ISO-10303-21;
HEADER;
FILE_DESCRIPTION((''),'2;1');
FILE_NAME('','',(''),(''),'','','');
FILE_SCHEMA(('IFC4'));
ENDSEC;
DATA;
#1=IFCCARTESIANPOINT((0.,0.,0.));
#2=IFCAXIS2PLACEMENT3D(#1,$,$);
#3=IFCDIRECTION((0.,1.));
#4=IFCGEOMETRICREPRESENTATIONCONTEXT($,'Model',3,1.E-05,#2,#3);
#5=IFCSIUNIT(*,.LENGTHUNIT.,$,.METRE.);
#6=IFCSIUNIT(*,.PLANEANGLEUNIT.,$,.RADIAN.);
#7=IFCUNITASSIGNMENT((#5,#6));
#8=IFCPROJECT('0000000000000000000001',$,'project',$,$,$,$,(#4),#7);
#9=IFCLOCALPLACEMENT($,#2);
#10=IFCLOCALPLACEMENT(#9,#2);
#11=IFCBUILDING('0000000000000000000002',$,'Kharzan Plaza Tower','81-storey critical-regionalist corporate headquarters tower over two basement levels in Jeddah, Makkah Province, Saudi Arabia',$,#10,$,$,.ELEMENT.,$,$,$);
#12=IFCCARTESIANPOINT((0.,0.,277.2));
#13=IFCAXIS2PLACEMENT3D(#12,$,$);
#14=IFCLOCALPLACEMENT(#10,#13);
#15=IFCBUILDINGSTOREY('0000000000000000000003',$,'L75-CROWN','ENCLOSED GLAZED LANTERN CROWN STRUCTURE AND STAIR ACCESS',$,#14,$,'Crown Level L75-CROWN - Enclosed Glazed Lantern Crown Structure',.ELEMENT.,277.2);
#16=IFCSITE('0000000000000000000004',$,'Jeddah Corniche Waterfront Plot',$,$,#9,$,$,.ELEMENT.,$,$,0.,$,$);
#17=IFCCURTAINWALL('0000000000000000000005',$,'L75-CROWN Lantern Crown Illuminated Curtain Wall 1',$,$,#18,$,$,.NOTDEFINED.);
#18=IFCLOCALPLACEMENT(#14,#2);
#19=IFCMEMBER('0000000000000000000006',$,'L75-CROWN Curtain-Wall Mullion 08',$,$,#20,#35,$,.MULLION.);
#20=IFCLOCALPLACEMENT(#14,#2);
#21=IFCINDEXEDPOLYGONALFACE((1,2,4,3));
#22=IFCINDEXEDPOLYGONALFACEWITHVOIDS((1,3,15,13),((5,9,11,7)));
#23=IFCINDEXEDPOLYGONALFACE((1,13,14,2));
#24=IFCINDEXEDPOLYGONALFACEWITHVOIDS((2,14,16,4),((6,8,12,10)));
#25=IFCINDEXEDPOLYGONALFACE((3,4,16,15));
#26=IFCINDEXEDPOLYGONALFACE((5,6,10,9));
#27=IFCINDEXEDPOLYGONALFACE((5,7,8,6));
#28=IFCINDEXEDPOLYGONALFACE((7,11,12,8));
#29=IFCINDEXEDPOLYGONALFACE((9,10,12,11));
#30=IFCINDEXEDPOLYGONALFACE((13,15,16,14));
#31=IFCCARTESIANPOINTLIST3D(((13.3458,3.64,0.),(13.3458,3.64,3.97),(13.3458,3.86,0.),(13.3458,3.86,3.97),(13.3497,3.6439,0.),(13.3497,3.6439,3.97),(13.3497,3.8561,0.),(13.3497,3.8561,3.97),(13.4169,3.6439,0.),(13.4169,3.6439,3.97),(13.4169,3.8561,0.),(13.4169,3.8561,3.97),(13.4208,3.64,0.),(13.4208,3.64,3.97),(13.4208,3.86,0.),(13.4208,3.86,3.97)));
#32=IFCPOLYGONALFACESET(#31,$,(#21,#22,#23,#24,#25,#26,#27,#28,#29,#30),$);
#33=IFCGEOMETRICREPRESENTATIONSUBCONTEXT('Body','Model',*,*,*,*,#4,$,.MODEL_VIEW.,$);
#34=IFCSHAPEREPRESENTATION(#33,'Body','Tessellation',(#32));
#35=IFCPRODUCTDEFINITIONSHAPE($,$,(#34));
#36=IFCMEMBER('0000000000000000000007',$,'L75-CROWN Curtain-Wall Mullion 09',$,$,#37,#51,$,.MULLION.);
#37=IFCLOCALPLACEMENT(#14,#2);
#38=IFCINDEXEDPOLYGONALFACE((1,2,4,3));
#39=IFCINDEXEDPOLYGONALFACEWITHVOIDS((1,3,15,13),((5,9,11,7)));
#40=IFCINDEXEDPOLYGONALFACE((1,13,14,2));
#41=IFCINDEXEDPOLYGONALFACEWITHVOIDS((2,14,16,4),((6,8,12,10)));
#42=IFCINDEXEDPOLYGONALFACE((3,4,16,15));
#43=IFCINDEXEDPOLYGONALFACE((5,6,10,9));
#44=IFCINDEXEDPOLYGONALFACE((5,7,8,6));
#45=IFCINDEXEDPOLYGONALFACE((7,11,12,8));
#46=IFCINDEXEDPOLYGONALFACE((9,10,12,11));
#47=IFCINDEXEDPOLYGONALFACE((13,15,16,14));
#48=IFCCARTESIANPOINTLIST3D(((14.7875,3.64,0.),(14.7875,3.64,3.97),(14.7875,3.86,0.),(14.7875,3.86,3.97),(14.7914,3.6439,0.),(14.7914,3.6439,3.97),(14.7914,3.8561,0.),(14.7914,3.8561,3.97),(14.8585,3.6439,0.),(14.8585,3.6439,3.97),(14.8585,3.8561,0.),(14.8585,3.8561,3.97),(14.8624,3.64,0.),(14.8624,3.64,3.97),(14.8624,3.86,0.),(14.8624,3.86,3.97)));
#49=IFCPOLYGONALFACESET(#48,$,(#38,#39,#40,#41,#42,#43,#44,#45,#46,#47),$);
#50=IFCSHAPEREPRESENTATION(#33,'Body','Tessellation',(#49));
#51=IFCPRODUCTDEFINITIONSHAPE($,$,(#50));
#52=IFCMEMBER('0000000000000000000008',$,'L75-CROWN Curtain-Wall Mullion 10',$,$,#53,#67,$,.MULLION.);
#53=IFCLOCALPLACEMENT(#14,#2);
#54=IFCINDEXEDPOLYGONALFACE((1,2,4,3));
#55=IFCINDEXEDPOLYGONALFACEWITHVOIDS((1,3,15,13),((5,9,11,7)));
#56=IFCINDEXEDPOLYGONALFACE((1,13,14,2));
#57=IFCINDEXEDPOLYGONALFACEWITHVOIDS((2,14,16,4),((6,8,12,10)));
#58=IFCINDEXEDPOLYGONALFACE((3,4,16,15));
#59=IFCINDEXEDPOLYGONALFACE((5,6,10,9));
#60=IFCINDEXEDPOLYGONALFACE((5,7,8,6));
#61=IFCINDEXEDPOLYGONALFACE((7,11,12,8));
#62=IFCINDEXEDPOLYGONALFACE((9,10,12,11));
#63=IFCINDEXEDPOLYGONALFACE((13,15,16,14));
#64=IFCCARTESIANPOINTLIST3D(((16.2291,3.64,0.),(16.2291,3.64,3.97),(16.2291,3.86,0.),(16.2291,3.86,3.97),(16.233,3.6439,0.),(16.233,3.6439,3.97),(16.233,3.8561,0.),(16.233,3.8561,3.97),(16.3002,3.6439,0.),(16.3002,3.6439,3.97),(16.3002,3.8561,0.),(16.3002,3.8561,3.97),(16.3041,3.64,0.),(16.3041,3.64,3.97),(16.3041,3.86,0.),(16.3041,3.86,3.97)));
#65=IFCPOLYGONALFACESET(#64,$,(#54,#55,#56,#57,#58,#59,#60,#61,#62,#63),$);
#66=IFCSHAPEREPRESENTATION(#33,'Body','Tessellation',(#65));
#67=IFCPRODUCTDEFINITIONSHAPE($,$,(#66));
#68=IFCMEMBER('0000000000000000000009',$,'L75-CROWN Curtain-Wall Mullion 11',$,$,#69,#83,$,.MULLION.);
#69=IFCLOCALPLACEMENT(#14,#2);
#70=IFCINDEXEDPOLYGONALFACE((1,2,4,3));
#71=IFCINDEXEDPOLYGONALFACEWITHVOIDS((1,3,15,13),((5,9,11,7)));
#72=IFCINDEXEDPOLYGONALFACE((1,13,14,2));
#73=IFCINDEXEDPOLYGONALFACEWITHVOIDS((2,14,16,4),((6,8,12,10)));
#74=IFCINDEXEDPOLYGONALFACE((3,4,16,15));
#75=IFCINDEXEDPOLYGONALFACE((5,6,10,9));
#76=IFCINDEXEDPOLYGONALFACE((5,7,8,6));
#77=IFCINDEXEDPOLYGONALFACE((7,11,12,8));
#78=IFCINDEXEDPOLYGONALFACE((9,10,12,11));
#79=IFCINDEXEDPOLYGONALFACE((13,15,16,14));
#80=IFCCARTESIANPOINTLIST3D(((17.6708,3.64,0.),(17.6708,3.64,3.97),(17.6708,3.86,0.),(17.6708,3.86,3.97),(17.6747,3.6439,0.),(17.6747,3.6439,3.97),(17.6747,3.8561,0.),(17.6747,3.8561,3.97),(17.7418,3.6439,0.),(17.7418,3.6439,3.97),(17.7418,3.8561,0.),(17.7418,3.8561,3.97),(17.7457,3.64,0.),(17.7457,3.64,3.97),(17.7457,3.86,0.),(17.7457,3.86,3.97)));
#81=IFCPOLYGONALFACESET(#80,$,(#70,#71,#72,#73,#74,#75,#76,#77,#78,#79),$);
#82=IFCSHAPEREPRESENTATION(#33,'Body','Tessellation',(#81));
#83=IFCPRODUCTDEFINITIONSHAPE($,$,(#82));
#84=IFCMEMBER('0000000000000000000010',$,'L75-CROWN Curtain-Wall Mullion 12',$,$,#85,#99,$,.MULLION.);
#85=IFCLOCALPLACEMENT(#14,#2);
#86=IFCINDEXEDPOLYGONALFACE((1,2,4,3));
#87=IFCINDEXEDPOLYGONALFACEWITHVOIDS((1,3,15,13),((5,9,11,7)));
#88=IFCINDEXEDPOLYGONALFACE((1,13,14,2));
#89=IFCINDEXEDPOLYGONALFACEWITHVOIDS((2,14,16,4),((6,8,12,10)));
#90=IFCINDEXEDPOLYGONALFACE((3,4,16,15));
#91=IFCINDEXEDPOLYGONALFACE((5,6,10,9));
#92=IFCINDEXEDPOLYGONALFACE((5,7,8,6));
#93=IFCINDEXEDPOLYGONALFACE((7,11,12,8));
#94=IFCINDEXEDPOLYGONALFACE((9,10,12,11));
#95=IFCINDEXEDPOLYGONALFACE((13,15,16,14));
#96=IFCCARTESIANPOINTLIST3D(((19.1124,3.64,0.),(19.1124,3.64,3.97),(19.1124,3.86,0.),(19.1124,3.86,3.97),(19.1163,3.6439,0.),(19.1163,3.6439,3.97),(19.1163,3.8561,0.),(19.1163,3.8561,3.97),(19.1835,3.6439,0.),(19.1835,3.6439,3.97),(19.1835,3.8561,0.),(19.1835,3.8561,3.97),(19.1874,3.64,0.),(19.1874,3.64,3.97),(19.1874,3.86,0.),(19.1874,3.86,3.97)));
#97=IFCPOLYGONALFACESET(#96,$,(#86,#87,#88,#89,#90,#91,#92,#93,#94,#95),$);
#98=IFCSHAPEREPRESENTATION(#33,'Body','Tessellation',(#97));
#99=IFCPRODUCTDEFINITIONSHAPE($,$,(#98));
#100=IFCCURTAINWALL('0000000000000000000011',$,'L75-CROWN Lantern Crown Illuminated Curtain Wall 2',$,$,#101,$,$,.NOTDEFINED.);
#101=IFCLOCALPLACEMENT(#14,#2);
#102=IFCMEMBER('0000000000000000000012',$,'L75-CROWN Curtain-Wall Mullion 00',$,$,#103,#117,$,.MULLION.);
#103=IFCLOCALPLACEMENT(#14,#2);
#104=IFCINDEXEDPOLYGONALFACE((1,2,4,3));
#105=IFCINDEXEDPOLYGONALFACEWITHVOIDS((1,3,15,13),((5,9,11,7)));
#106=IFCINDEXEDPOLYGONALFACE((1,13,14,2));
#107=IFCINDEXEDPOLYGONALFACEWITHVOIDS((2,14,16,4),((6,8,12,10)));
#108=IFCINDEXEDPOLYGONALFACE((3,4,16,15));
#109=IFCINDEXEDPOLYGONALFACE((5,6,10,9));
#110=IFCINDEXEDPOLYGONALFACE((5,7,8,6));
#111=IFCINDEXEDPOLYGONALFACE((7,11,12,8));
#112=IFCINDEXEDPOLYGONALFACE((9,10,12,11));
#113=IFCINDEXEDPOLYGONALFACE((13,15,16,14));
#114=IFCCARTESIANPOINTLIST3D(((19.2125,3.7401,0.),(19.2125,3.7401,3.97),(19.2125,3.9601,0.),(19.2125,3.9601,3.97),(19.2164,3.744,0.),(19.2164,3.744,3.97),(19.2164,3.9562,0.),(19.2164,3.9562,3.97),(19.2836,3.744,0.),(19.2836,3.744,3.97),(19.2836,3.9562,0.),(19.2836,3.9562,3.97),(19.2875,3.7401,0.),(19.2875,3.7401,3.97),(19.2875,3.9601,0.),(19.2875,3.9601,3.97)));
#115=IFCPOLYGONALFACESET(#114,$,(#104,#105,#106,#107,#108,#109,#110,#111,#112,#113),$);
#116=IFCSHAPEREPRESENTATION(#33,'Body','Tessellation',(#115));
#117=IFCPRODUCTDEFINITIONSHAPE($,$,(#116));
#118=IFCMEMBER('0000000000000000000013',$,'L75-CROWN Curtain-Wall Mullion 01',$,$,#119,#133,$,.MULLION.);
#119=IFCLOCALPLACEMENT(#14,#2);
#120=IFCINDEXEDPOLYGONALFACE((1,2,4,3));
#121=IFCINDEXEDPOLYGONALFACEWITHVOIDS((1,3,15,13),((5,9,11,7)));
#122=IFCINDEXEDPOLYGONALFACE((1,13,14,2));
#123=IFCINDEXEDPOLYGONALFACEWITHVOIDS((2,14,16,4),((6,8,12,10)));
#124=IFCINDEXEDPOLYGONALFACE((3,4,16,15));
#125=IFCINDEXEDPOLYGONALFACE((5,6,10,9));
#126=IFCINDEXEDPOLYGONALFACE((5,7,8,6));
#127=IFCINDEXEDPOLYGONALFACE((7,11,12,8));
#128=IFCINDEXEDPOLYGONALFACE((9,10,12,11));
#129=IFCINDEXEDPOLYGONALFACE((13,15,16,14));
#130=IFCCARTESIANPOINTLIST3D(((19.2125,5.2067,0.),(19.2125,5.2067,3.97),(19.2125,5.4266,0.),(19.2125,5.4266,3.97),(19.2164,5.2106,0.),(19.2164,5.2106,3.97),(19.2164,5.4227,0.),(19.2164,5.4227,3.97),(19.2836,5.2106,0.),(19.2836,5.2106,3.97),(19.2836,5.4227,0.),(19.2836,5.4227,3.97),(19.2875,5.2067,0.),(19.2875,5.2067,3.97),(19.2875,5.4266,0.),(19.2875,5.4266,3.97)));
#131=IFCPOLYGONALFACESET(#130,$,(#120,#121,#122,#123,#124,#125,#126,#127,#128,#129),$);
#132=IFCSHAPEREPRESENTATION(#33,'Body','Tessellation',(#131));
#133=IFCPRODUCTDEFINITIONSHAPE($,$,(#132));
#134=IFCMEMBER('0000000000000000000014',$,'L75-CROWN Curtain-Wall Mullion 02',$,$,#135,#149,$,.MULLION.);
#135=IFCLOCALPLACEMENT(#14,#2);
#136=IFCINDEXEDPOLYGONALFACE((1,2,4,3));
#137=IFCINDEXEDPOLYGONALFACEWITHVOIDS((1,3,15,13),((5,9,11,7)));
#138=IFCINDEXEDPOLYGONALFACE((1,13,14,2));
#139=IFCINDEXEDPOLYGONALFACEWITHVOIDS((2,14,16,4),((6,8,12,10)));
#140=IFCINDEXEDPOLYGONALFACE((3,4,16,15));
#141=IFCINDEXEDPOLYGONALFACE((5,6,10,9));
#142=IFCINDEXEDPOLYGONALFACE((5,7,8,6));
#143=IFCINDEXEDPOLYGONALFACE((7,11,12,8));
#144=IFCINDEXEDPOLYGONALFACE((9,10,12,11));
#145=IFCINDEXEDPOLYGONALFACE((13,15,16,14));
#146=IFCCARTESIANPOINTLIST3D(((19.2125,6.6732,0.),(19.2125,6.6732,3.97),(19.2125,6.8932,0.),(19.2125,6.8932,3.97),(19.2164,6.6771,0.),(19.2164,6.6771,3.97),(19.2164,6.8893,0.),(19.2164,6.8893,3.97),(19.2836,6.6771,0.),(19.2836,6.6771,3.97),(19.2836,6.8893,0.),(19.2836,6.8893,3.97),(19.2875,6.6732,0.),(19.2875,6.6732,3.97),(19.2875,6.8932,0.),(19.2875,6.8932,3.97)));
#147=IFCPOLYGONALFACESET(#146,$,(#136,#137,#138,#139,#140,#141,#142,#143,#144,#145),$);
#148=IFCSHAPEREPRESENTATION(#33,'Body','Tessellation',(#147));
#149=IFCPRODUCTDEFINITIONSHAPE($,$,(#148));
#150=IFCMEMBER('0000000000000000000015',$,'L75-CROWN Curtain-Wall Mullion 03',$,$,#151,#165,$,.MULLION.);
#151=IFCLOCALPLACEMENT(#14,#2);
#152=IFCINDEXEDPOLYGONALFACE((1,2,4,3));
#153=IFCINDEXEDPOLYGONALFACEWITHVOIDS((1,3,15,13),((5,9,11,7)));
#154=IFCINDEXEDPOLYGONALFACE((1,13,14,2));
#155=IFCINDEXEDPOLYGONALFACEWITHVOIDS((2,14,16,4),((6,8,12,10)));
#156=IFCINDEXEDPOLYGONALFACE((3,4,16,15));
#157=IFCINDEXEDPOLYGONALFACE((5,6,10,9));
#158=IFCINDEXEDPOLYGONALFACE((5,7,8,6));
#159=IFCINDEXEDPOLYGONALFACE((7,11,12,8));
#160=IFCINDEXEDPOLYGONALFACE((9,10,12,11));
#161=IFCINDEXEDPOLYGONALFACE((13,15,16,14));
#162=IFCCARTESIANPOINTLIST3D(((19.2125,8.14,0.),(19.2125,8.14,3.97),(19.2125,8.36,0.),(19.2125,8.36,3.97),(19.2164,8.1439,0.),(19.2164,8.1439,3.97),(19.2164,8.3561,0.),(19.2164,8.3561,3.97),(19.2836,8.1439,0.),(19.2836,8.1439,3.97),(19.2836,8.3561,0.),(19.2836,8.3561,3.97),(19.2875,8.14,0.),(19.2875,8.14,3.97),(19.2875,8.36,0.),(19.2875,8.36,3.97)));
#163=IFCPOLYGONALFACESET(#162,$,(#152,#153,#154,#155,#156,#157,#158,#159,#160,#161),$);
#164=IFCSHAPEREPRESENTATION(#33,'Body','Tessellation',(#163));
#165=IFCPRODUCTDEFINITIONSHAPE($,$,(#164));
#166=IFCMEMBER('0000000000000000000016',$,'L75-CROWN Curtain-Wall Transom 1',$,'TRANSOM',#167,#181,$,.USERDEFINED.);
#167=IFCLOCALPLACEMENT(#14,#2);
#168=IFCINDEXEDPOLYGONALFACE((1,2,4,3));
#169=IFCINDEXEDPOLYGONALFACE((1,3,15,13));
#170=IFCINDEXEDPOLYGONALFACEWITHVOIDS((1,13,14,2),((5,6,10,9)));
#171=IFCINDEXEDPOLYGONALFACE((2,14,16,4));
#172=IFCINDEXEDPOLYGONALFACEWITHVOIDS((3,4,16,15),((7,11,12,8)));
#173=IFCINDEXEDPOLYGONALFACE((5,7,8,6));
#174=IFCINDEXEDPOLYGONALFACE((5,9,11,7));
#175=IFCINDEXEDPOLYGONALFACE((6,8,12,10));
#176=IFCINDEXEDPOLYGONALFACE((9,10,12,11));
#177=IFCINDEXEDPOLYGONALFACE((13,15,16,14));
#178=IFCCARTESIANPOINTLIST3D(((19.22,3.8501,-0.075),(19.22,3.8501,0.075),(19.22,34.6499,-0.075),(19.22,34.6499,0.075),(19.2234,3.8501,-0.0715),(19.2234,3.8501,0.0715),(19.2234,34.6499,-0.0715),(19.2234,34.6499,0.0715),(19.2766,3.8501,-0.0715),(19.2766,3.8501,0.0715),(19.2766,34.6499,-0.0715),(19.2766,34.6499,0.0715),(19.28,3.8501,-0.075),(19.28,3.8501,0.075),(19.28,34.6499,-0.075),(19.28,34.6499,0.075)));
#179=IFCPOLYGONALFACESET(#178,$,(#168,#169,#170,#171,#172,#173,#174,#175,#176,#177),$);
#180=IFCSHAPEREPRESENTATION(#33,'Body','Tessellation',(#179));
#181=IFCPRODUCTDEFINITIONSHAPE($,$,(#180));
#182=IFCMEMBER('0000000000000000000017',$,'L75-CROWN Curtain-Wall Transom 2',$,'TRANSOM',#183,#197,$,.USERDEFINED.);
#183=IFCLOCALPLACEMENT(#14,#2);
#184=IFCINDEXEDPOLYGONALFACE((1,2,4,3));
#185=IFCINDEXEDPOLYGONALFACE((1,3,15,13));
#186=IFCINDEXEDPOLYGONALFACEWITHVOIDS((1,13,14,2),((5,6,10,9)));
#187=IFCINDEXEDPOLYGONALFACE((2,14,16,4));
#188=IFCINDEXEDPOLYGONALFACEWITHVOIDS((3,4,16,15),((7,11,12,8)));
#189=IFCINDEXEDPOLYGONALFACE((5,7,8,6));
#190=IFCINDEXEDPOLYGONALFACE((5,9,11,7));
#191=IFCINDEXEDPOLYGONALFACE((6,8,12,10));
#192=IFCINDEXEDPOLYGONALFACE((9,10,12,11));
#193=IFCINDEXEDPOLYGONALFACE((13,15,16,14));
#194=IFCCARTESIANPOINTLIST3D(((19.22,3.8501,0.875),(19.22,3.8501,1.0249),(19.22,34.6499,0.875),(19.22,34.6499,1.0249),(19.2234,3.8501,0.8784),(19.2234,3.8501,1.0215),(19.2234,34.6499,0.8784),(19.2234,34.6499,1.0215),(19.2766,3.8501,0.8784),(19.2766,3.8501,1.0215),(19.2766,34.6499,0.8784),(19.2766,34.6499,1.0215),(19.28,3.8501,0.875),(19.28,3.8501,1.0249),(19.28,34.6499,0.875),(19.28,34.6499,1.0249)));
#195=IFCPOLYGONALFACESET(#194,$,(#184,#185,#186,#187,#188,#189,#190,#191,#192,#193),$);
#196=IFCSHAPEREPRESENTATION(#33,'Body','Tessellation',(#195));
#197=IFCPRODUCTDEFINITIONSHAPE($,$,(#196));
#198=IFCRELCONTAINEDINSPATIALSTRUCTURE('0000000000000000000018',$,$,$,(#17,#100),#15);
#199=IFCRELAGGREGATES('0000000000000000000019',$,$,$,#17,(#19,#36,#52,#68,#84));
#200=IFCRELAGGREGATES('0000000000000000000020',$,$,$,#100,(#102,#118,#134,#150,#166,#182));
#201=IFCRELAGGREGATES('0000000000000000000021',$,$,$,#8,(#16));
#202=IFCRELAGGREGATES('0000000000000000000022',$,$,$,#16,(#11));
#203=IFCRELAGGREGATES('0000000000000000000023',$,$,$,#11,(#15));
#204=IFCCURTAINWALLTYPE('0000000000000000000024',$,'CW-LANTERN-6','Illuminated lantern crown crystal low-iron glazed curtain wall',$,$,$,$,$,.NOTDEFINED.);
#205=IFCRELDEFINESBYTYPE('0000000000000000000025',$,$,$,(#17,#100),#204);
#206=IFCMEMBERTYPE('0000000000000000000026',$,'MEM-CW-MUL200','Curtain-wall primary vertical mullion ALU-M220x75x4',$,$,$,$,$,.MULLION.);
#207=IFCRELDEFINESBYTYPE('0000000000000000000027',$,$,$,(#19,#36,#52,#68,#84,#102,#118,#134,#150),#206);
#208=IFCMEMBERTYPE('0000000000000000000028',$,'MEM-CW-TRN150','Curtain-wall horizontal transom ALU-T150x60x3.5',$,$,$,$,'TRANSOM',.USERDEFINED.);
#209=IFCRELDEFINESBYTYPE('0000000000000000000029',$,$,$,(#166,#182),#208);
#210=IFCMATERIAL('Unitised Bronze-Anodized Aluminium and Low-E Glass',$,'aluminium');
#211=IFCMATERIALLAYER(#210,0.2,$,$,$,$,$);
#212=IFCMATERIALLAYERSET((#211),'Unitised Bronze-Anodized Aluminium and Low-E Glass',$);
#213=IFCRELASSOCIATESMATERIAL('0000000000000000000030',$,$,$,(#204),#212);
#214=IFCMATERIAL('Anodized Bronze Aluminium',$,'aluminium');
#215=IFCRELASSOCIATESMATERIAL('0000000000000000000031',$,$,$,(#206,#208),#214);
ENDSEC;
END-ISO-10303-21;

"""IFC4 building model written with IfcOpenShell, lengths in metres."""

from ifc_helpers import new_model, si_unit, direction, frame, origin, origin_2d, place, context, subcontext, project, spatial, hollow_rectangle, extrude, source, transform, mapped, material, layer, layer_set, material_profile, profile_set, type_object, element, aggregate, save


model = new_model("IFC4")

# Units and contexts
model_context = context("Model", 3, precision=1e-05, world=origin(), true_north=direction((0.0, 1.0)))
body_context = subcontext(model_context, "Body", "Model", "MODEL_VIEW")
ifc_project = project(units=[si_unit("LENGTHUNIT", "METRE"), si_unit("PLANEANGLEUNIT", "RADIAN")], contexts=[model_context])

# Site, building, storey
site_placement = place(None, origin())
site = spatial("IfcSite", under=ifc_project, at=site_placement, Name="Jeddah Corniche Waterfront Plot", CompositionType="ELEMENT", RefElevation=0.0)
building_placement = place(site_placement, origin())
building = spatial("IfcBuilding", under=site, at=building_placement, Name="Kharzan Plaza Tower", Description="81-storey critical-regionalist corporate headquarters tower over two basement levels in Jeddah, Makkah Province, Saudi Arabia", CompositionType="ELEMENT")
storey_placement = place(building_placement, frame((0.0, 0.0, 277.2)))
storey = spatial("IfcBuildingStorey", under=building, at=storey_placement, Name="L75-CROWN", Description="ENCLOSED GLAZED LANTERN CROWN STRUCTURE AND STAIR ACCESS", LongName="Crown Level L75-CROWN - Enclosed Glazed Lantern Crown Structure", CompositionType="ELEMENT", Elevation=277.2)

# Curtain walls, members
ifc_material_1 = material(Name="Unitised Bronze-Anodized Aluminium and Low-E Glass", Category="aluminium")
ifc_layer_1 = layer(ifc_material_1, 0.2)
ifc_layer_set_1 = layer_set([ifc_layer_1], Name="Unitised Bronze-Anodized Aluminium and Low-E Glass")
curtain_wall_type = type_object("IfcCurtainWallType", Name="CW-LANTERN-6", Description="Illuminated lantern crown crystal low-iron glazed curtain wall", PredefinedType="NOTDEFINED", material=ifc_layer_set_1)
curtain_wall_1_placement = place(storey_placement, origin())
curtain_wall_1 = element("IfcCurtainWall", 1, at=curtain_wall_1_placement, inside=storey, type_object=curtain_wall_type, Name="L75-CROWN Lantern Crown Illuminated Curtain Wall 1", PredefinedType="NOTDEFINED")
ifc_material_2 = material(Name="Anodized Bronze Aluminium", Category="aluminium")
ifc_material_profile_1 = material_profile(ifc_material_2, hollow_rectangle(XDim=0.075, YDim=0.22, WallThickness=0.0039, at=origin_2d()), Name="ALU-M220x75x4")
ifc_profile_set_1 = profile_set([ifc_material_profile_1], Name="Anodized Bronze Aluminium")
member_type_1 = type_object("IfcMemberType", Name="MEM-CW-MUL200", Description="Curtain-wall primary vertical mullion ALU-M220x75x4", PredefinedType="MULLION", material=ifc_profile_set_1)
shared_shape_1 = source(origin(), body_context, "Body", "SweptSolid", [
    extrude(hollow_rectangle(XDim=0.075, YDim=0.22, WallThickness=0.0039, at=origin_2d()), origin(), (0.0, 0.0, 1.0), 3.97),
])
member_1_placement = place(storey_placement, frame((13.3833, 3.75, 0.0), z_axis=(0.0, 0.0, 1.0), x_axis=(1.0, 0.0, 0.0)))
member_1 = element("IfcMember", 2, at=member_1_placement, type_object=member_type_1, Name="L75-CROWN Curtain-Wall Mullion 08", PredefinedType="MULLION", context=body_context, shape_type="MappedRepresentation", body=[
    mapped(shared_shape_1, transform((0.0, 0.0, 0.0), x_axis=(1.0, 0.0, 0.0), y_axis=(0.0, 1.0, 0.0), z_axis=(0.0, 0.0, 1.0))),
])
member_2_placement = place(storey_placement, frame((14.825, 3.75, 0.0), z_axis=(0.0, 0.0, 1.0), x_axis=(1.0, 0.0, 0.0)))
member_2 = element("IfcMember", 3, at=member_2_placement, type_object=member_type_1, Name="L75-CROWN Curtain-Wall Mullion 09", PredefinedType="MULLION", context=body_context, shape_type="MappedRepresentation", body=[
    mapped(shared_shape_1, transform((0.0, 0.0, 0.0), x_axis=(1.0, 0.0, 0.0), y_axis=(0.0, 1.0, 0.0), z_axis=(0.0, 0.0, 1.0))),
])
member_3_placement = place(storey_placement, frame((16.2666, 3.75, 0.0), z_axis=(0.0, 0.0, 1.0), x_axis=(1.0, 0.0, 0.0)))
member_3 = element("IfcMember", 4, at=member_3_placement, type_object=member_type_1, Name="L75-CROWN Curtain-Wall Mullion 10", PredefinedType="MULLION", context=body_context, shape_type="MappedRepresentation", body=[
    mapped(shared_shape_1, transform((0.0, 0.0, 0.0), x_axis=(1.0, 0.0, 0.0), y_axis=(0.0, 1.0, 0.0), z_axis=(0.0, 0.0, 1.0))),
])
member_4_placement = place(storey_placement, frame((17.7083, 3.75, 0.0), z_axis=(0.0, 0.0, 1.0), x_axis=(1.0, 0.0, 0.0)))
member_4 = element("IfcMember", 5, at=member_4_placement, type_object=member_type_1, Name="L75-CROWN Curtain-Wall Mullion 11", PredefinedType="MULLION", context=body_context, shape_type="MappedRepresentation", body=[
    mapped(shared_shape_1, transform((0.0, 0.0, 0.0), x_axis=(1.0, 0.0, 0.0), y_axis=(0.0, 1.0, 0.0), z_axis=(0.0, 0.0, 1.0))),
])
member_5_placement = place(storey_placement, frame((19.1499, 3.75, 0.0), z_axis=(0.0, 0.0, 1.0), x_axis=(1.0, 0.0, 0.0)))
member_5 = element("IfcMember", 6, at=member_5_placement, type_object=member_type_1, Name="L75-CROWN Curtain-Wall Mullion 12", PredefinedType="MULLION", context=body_context, shape_type="MappedRepresentation", body=[
    mapped(shared_shape_1, transform((0.0, 0.0, 0.0), x_axis=(1.0, 0.0, 0.0), y_axis=(0.0, 1.0, 0.0), z_axis=(0.0, 0.0, 1.0))),
])
curtain_wall_2_placement = place(storey_placement, origin())
curtain_wall_2 = element("IfcCurtainWall", 7, at=curtain_wall_2_placement, inside=storey, type_object=curtain_wall_type, Name="L75-CROWN Lantern Crown Illuminated Curtain Wall 2", PredefinedType="NOTDEFINED")
member_6_placement = place(storey_placement, frame((19.25, 3.8501, 0.0), z_axis=(0.0, 0.0, 1.0), x_axis=(1.0, 0.0, 0.0)))
member_6 = element("IfcMember", 8, at=member_6_placement, type_object=member_type_1, Name="L75-CROWN Curtain-Wall Mullion 00", PredefinedType="MULLION", context=body_context, shape_type="MappedRepresentation", body=[
    mapped(shared_shape_1, transform((0.0, 0.0, 0.0), x_axis=(1.0, 0.0, 0.0), y_axis=(0.0, 1.0, 0.0), z_axis=(0.0, 0.0, 1.0))),
])
member_7_placement = place(storey_placement, frame((19.25, 5.3167, 0.0), z_axis=(0.0, 0.0, 1.0), x_axis=(1.0, 0.0, 0.0)))
member_7 = element("IfcMember", 9, at=member_7_placement, type_object=member_type_1, Name="L75-CROWN Curtain-Wall Mullion 01", PredefinedType="MULLION", context=body_context, shape_type="MappedRepresentation", body=[
    mapped(shared_shape_1, transform((0.0, 0.0, 0.0), x_axis=(1.0, 0.0, 0.0), y_axis=(0.0, 1.0, 0.0), z_axis=(0.0, 0.0, 1.0))),
])
member_8_placement = place(storey_placement, frame((19.25, 6.7832, 0.0), z_axis=(0.0, 0.0, 1.0), x_axis=(1.0, 0.0, 0.0)))
member_8 = element("IfcMember", 10, at=member_8_placement, type_object=member_type_1, Name="L75-CROWN Curtain-Wall Mullion 02", PredefinedType="MULLION", context=body_context, shape_type="MappedRepresentation", body=[
    mapped(shared_shape_1, transform((0.0, 0.0, 0.0), x_axis=(1.0, 0.0, 0.0), y_axis=(0.0, 1.0, 0.0), z_axis=(0.0, 0.0, 1.0))),
])
member_9_placement = place(storey_placement, frame((19.25, 8.25, 0.0), z_axis=(0.0, 0.0, 1.0), x_axis=(1.0, 0.0, 0.0)))
member_9 = element("IfcMember", 11, at=member_9_placement, type_object=member_type_1, Name="L75-CROWN Curtain-Wall Mullion 03", PredefinedType="MULLION", context=body_context, shape_type="MappedRepresentation", body=[
    mapped(shared_shape_1, transform((0.0, 0.0, 0.0), x_axis=(1.0, 0.0, 0.0), y_axis=(0.0, 1.0, 0.0), z_axis=(0.0, 0.0, 1.0))),
])
ifc_material_profile_2 = material_profile(ifc_material_2, hollow_rectangle(XDim=0.0601, YDim=0.1499, WallThickness=0.0034, at=origin_2d()), Name="ALU-T150x60x3.5")
ifc_profile_set_2 = profile_set([ifc_material_profile_2], Name="Anodized Bronze Aluminium")
member_type_2 = type_object("IfcMemberType", Name="MEM-CW-TRN150", Description="Curtain-wall horizontal transom ALU-T150x60x3.5", ElementType="TRANSOM", PredefinedType="USERDEFINED", material=ifc_profile_set_2)
shared_shape_2 = source(origin(), body_context, "Body", "SweptSolid", [
    extrude(hollow_rectangle(XDim=0.0601, YDim=0.1499, WallThickness=0.0034, at=origin_2d()), origin(), (0.0, 0.0, 1.0), 30.7998),
])
member_10_placement = place(storey_placement, frame((19.25, 3.8501, 0.0), z_axis=(0.0, 1.0, 0.0), x_axis=(-1.0, 0.0, 0.0)))
member_10 = element("IfcMember", 12, at=member_10_placement, type_object=member_type_2, Name="L75-CROWN Curtain-Wall Transom 1", ObjectType="TRANSOM", PredefinedType="USERDEFINED", context=body_context, shape_type="MappedRepresentation", body=[
    mapped(shared_shape_2, transform((0.0, 0.0, 0.0), x_axis=(1.0, 0.0, 0.0), y_axis=(0.0, 1.0, 0.0), z_axis=(0.0, 0.0, 1.0))),
])
member_11_placement = place(storey_placement, frame((19.25, 3.8501, 0.95), z_axis=(0.0, 1.0, 0.0), x_axis=(-1.0, 0.0, 0.0)))
member_11 = element("IfcMember", 13, at=member_11_placement, type_object=member_type_2, Name="L75-CROWN Curtain-Wall Transom 2", ObjectType="TRANSOM", PredefinedType="USERDEFINED", context=body_context, shape_type="MappedRepresentation", body=[
    mapped(shared_shape_2, transform((0.0, 0.0, 0.0), x_axis=(1.0, 0.0, 0.0), y_axis=(0.0, 1.0, 0.0), z_axis=(0.0, 0.0, 1.0))),
])

aggregate(curtain_wall_1, [member_1, member_2, member_3, member_4, member_5])
aggregate(curtain_wall_2, [member_6, member_7, member_8, member_9, member_10, member_11])

save(model, "model.ifc")
